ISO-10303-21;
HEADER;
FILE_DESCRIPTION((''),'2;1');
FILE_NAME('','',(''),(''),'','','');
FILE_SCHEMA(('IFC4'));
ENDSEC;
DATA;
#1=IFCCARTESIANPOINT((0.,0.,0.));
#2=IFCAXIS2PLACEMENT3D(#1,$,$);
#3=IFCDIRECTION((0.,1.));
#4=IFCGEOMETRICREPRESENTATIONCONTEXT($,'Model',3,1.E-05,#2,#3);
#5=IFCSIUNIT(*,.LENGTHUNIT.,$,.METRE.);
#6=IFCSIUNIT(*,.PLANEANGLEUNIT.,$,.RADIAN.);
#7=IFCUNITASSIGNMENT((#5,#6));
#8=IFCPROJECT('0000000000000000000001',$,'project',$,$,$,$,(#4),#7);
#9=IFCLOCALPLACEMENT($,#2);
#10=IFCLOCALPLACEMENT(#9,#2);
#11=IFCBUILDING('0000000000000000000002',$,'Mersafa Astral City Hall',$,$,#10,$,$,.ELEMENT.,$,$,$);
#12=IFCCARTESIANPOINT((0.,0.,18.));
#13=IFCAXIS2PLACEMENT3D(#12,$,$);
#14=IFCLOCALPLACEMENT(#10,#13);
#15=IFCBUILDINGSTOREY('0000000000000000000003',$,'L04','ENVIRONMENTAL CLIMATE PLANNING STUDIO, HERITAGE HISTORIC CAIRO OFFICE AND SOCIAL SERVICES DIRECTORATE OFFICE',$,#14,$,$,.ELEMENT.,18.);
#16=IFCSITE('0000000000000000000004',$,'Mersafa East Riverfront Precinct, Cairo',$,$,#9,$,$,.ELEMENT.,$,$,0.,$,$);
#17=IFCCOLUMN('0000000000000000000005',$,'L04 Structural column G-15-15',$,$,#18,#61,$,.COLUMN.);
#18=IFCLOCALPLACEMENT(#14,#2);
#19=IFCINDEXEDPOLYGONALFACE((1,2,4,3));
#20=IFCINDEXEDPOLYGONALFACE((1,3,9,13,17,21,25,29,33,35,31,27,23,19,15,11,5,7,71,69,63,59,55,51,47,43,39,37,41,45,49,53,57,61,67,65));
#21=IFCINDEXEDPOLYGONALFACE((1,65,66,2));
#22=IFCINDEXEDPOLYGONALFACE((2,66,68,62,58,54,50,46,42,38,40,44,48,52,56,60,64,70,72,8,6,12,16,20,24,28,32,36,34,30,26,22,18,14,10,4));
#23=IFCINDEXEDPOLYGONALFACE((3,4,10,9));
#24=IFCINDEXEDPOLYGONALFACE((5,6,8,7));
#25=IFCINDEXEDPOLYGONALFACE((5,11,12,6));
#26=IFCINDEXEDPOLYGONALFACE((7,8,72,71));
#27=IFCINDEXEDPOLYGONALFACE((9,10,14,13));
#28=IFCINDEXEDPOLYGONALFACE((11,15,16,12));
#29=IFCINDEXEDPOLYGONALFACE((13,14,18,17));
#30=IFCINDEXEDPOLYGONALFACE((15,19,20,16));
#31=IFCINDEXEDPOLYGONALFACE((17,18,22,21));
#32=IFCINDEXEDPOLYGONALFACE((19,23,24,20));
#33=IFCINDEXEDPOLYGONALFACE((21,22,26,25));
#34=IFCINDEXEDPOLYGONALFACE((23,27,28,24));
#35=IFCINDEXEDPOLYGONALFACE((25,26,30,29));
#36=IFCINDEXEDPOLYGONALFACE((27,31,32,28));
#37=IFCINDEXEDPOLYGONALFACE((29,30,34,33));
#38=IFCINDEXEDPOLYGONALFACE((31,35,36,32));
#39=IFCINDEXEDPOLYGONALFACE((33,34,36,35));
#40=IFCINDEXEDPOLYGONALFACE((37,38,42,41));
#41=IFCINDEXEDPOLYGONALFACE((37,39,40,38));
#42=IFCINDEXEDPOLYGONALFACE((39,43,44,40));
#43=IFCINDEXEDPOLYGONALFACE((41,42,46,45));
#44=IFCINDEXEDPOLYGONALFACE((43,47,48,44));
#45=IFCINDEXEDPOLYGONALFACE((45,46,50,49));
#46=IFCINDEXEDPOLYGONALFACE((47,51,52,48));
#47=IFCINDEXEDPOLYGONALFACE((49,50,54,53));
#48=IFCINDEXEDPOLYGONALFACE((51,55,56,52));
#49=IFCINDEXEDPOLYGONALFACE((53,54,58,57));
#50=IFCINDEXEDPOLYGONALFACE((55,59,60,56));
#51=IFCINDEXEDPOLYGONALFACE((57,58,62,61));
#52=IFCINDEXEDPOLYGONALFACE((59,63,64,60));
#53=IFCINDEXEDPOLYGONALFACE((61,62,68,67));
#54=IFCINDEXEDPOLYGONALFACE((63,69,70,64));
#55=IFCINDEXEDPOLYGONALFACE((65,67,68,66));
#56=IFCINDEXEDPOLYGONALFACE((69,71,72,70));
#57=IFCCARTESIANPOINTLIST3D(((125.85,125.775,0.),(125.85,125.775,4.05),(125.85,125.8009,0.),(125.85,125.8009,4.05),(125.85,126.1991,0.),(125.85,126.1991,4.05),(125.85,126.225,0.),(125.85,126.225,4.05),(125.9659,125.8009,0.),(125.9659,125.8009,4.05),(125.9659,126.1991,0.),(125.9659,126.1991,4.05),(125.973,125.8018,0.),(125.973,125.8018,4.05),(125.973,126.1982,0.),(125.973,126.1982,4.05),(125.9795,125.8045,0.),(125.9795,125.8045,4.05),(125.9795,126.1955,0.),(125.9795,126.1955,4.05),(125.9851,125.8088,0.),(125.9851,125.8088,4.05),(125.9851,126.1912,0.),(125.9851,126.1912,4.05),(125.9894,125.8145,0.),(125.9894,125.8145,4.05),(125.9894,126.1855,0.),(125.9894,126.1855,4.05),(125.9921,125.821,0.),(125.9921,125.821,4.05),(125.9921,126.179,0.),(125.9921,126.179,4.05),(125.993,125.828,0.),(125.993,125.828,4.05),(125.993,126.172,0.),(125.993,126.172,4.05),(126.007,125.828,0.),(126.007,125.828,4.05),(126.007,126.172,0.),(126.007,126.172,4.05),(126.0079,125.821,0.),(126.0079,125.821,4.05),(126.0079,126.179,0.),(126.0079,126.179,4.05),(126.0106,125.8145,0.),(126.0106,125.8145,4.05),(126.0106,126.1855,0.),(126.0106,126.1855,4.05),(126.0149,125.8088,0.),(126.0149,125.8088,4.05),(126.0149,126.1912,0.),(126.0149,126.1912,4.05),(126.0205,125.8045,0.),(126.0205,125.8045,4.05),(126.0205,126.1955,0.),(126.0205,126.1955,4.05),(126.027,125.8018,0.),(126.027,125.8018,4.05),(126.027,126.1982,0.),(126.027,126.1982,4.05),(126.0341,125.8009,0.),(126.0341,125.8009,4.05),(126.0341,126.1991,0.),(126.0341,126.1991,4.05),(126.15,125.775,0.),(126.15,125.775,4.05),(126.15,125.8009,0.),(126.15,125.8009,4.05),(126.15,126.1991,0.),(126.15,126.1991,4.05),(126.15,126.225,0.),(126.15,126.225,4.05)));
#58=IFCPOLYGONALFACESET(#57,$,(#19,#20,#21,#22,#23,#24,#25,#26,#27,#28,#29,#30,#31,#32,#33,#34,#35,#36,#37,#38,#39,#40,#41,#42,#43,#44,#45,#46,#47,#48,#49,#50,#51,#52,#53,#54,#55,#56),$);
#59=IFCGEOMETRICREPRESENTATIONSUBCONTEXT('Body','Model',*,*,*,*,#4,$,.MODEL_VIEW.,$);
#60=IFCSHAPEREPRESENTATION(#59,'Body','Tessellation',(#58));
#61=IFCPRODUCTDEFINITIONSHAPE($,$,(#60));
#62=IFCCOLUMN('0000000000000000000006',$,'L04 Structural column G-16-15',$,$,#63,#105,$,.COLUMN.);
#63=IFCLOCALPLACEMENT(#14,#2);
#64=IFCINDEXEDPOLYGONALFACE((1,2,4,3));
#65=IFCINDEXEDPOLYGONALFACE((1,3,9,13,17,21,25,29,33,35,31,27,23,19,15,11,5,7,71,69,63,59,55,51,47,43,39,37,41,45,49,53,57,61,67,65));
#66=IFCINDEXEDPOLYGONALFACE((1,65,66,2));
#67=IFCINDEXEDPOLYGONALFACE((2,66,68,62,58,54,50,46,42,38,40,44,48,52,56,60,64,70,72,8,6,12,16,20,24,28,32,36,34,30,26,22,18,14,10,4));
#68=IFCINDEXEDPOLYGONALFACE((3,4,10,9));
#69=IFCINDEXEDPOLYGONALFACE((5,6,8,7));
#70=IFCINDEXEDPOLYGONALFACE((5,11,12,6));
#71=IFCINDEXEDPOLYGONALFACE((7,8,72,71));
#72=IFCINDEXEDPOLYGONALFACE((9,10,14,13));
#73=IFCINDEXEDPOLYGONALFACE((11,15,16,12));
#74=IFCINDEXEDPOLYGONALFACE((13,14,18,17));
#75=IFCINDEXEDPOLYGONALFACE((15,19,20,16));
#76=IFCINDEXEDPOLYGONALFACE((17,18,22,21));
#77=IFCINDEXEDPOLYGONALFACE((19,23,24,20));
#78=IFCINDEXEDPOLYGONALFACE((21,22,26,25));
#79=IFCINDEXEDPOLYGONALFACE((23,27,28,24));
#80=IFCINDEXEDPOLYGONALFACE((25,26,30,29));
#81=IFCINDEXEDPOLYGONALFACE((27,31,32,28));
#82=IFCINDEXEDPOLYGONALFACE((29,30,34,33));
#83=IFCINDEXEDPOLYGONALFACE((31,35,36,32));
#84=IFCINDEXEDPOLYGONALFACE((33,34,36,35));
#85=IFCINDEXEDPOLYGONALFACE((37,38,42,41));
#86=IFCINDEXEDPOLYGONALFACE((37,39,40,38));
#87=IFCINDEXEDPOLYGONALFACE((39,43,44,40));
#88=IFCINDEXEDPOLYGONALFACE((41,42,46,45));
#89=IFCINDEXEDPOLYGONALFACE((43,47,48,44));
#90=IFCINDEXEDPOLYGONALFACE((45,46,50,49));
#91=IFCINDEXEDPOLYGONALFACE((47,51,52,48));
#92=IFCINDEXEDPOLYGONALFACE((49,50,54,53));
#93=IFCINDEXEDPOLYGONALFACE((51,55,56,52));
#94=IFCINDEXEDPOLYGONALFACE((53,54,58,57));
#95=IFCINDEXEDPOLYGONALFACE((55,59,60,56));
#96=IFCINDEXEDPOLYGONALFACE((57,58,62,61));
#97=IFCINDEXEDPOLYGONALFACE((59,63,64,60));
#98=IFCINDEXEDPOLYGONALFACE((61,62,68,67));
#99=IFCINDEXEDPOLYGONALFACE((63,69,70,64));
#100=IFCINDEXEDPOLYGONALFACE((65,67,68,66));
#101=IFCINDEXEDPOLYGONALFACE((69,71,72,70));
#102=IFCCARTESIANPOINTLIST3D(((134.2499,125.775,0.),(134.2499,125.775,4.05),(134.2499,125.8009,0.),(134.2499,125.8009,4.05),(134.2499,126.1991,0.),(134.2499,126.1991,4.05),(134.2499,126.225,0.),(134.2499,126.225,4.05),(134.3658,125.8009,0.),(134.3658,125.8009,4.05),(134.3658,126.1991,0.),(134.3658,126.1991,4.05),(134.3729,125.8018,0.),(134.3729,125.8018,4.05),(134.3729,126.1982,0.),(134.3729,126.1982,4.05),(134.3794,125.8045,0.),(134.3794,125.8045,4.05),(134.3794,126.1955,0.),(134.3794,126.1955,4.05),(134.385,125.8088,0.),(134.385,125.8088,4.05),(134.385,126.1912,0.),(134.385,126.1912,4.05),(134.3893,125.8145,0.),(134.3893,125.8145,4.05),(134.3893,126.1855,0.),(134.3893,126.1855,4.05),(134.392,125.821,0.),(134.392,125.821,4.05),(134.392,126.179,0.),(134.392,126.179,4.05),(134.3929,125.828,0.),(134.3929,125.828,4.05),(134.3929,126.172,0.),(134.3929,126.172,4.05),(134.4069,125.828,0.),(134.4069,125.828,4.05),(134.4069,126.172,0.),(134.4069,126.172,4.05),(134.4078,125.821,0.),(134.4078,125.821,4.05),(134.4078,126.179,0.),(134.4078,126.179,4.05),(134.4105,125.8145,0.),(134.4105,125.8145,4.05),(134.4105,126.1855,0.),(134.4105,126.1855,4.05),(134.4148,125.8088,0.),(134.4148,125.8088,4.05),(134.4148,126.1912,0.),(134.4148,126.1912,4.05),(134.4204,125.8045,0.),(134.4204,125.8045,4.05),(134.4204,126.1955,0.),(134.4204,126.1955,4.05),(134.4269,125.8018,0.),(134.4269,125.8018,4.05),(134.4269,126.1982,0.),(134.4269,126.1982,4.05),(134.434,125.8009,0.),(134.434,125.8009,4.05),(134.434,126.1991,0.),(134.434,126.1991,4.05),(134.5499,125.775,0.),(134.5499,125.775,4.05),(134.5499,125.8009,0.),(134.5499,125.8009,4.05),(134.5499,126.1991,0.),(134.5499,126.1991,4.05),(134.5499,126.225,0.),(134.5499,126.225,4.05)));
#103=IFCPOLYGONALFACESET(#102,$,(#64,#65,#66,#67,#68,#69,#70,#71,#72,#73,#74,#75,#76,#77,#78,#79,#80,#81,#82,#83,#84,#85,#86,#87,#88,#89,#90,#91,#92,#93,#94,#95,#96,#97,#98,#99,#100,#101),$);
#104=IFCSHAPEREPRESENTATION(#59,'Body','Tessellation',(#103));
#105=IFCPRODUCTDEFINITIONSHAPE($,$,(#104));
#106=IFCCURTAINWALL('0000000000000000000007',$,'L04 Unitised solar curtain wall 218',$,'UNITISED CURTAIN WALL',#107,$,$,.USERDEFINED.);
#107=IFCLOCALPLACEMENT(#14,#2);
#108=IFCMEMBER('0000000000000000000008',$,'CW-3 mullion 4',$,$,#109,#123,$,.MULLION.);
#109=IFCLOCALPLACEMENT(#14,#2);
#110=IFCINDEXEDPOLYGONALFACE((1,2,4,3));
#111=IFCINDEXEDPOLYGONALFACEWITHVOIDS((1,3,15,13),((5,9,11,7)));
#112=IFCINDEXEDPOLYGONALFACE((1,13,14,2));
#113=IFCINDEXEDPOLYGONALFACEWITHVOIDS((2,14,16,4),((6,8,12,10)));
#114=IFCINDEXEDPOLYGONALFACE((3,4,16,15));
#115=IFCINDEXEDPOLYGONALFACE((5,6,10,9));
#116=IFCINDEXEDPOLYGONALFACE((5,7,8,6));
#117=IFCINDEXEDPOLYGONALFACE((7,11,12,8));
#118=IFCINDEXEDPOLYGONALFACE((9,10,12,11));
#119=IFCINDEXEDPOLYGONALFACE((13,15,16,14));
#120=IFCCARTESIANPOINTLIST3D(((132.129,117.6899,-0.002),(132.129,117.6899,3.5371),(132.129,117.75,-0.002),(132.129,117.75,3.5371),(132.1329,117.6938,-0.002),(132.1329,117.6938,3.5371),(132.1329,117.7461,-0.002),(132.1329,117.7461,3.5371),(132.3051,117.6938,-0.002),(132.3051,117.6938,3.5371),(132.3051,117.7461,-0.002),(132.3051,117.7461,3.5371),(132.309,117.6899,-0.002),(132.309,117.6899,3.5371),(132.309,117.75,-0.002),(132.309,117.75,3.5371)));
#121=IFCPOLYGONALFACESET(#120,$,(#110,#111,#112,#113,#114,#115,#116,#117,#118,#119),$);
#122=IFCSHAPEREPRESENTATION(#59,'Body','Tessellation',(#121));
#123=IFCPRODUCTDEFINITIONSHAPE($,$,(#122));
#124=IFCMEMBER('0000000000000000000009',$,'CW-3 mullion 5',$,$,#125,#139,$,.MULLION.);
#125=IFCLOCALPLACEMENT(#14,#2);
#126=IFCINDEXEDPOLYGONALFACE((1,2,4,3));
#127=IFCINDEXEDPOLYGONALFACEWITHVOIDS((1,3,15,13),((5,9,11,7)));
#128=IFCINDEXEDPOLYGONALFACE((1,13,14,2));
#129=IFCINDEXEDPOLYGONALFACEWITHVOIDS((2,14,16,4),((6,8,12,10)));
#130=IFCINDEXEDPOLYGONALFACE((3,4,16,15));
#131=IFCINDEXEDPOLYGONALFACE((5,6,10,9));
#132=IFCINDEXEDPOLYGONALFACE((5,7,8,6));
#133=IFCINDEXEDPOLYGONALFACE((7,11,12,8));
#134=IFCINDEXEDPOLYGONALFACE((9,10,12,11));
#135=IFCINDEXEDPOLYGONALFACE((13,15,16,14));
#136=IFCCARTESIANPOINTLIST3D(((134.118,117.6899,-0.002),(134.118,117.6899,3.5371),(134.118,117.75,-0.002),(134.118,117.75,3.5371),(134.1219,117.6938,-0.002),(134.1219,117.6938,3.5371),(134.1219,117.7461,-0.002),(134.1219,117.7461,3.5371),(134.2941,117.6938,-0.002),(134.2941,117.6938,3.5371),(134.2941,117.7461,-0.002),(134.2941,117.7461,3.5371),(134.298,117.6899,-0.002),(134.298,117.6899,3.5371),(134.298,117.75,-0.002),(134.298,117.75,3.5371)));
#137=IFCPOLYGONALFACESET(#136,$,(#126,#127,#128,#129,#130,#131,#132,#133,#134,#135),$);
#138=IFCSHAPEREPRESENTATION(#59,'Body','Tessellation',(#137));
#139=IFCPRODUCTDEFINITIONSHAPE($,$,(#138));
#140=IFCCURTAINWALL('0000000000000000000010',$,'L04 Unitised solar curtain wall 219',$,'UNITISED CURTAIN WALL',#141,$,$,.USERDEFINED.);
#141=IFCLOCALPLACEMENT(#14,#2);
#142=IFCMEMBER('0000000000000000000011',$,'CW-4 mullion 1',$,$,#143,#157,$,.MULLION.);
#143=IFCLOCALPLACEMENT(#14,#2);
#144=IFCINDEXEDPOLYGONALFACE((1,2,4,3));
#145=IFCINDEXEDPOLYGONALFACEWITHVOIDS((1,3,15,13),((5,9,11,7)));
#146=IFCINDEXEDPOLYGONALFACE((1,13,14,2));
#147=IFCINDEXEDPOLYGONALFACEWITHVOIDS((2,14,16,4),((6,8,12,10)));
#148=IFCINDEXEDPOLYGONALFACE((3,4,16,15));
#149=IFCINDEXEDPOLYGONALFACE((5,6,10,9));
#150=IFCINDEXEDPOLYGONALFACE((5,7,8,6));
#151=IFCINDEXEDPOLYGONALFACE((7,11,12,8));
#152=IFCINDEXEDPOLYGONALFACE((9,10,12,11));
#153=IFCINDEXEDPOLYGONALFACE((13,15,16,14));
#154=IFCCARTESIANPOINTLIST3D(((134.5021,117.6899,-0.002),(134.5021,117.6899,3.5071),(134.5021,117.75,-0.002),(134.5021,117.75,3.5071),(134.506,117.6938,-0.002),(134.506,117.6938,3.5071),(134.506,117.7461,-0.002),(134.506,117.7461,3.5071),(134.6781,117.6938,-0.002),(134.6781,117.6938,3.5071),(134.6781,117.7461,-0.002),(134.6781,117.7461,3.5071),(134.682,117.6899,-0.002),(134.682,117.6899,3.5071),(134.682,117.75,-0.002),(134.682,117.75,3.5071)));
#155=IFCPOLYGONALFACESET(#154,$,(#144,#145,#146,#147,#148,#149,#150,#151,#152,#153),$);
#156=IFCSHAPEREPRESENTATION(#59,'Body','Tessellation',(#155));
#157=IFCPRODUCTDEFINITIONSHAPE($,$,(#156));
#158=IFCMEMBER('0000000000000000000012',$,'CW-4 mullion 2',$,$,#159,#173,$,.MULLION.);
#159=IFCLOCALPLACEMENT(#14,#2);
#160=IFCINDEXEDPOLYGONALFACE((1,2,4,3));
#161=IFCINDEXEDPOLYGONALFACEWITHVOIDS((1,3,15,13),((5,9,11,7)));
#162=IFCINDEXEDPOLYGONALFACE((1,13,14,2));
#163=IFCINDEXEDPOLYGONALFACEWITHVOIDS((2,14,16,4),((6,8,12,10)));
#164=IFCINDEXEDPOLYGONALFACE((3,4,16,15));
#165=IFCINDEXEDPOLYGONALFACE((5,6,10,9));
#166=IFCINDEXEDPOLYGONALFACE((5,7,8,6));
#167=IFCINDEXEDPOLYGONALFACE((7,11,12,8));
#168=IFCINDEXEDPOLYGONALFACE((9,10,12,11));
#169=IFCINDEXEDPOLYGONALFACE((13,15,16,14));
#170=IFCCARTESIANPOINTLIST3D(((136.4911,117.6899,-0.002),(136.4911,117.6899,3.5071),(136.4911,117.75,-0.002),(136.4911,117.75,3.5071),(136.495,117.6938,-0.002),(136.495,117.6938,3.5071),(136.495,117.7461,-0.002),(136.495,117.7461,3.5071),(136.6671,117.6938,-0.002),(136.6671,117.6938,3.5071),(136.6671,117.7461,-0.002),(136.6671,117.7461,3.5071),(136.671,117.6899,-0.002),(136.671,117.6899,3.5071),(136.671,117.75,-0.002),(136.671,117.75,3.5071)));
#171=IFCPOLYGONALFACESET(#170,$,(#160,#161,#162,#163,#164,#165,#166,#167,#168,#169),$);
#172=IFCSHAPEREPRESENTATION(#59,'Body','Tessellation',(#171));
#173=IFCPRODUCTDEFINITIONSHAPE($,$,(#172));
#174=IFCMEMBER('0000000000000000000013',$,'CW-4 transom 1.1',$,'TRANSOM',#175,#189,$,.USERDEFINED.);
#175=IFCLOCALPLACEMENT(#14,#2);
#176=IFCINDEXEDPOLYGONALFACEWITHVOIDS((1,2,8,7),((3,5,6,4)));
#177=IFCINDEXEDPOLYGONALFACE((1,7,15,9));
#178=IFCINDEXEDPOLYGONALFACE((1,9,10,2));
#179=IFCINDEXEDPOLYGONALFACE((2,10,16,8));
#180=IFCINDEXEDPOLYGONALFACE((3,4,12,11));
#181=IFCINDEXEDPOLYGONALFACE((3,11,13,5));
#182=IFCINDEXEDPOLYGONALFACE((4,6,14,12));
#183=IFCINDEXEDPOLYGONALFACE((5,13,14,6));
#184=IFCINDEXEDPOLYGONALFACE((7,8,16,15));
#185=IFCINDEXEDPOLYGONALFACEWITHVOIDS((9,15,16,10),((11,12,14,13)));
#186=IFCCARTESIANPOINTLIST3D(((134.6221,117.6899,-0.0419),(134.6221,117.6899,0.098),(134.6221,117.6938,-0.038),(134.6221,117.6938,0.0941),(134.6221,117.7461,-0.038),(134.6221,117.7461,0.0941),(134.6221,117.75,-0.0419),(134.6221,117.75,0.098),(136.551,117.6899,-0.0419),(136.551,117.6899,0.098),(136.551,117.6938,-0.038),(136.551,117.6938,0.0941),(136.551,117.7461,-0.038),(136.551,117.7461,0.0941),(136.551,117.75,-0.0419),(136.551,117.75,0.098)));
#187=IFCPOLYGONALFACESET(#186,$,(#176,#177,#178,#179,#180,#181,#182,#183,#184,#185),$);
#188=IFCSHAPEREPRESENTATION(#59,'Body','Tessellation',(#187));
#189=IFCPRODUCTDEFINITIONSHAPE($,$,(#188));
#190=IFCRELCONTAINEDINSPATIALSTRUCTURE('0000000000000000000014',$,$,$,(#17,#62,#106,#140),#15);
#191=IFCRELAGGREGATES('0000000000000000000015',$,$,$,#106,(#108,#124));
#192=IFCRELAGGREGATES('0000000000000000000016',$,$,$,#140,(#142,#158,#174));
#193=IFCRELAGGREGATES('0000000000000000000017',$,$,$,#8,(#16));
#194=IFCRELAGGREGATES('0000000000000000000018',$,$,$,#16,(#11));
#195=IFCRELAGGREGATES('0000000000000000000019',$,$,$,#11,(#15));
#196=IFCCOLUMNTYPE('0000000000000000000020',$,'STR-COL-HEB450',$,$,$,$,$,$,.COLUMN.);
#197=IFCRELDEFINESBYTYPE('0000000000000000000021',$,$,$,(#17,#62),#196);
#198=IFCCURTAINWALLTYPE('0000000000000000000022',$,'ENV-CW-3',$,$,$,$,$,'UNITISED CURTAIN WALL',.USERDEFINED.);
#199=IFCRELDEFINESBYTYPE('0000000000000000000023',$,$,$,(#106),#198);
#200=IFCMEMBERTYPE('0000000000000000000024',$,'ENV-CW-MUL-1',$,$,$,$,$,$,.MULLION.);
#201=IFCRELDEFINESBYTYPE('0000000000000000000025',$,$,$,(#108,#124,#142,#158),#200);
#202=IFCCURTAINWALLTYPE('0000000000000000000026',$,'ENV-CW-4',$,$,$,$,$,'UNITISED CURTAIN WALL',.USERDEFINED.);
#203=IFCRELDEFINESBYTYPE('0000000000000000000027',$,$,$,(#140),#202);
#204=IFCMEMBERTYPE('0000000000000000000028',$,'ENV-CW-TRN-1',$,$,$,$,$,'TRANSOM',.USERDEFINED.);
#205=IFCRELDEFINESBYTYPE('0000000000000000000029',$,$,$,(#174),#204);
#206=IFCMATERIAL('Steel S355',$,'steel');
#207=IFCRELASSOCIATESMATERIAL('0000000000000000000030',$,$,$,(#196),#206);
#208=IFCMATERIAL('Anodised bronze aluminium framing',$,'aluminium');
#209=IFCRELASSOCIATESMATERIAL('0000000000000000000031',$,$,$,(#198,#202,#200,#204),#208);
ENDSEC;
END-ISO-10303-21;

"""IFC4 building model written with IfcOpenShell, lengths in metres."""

from ifc_helpers import new_model, si_unit, direction, frame, origin, origin_2d, place, context, subcontext, project, spatial, hollow_rectangle, i_section, extrude, material, material_profile, profile_set, type_object, element, aggregate, save


model = new_model("IFC4")

# Units and contexts
model_context = context("Model", 3, precision=1e-05, world=origin(), true_north=direction((0.0, 1.0)))
body_context = subcontext(model_context, "Body", "Model", "MODEL_VIEW")
ifc_project = project(units=[si_unit("LENGTHUNIT", "METRE"), si_unit("PLANEANGLEUNIT", "RADIAN")], contexts=[model_context])

# Site, building, storey
site_placement = place(None, origin())
site = spatial("IfcSite", under=ifc_project, at=site_placement, Name="Mersafa East Riverfront Precinct, Cairo", CompositionType="ELEMENT", RefElevation=0.0)
building_placement = place(site_placement, origin())
building = spatial("IfcBuilding", under=site, at=building_placement, Name="Mersafa Astral City Hall", CompositionType="ELEMENT")
storey_placement = place(building_placement, frame((0.0, 0.0, 18.0)))
storey = spatial("IfcBuildingStorey", under=building, at=storey_placement, Name="L04", Description="ENVIRONMENTAL CLIMATE PLANNING STUDIO, HERITAGE HISTORIC CAIRO OFFICE AND SOCIAL SERVICES DIRECTORATE OFFICE", CompositionType="ELEMENT", Elevation=18.0)

# Columns
ifc_material_1 = material(Name="Steel S355", Category="steel")
ifc_material_profile_1 = material_profile(ifc_material_1, i_section(OverallWidth=0.3, OverallDepth=0.45, WebThickness=0.0139, FlangeThickness=0.0259, FilletRadius=0.0271, at=origin_2d()), Name="HEB 450")
ifc_profile_set_1 = profile_set([ifc_material_profile_1], Name="Steel S355")
column_type = type_object("IfcColumnType", Name="STR-COL-HEB450", PredefinedType="COLUMN", material=ifc_profile_set_1)
for number, where, z_axis, x_axis, name in (
    (1, (126.0, 126.0, 0.0), (0.0, 0.0, 1.0), (1.0, 0.0, 0.0), "L04 Structural column G-15-15"),
    (2, (134.3999, 126.0, 0.0), (0.0, 0.0, 1.0), (1.0, 0.0, 0.0), "L04 Structural column G-16-15"),
):
    element("IfcColumn", number, at=place(storey_placement, frame(where, z_axis=z_axis, x_axis=x_axis)), inside=storey, type_object=column_type, Name=name, PredefinedType="COLUMN", context=body_context, shape_type="SweptSolid", body=[
        extrude(i_section(OverallWidth=0.3, OverallDepth=0.45, WebThickness=0.0139, FlangeThickness=0.0259, FilletRadius=0.0271, at=origin_2d()), origin(), (0.0, 0.0, 1.0), 4.05),
    ])

# Curtain walls, members
ifc_material_2 = material(Name="Anodised bronze aluminium framing", Category="aluminium")
curtain_wall_type_1 = type_object("IfcCurtainWallType", Name="ENV-CW-3", ElementType="UNITISED CURTAIN WALL", PredefinedType="USERDEFINED", material=ifc_material_2)
curtain_wall_1_placement = place(storey_placement, origin())
curtain_wall_1 = element("IfcCurtainWall", 3, at=curtain_wall_1_placement, inside=storey, type_object=curtain_wall_type_1, Name="L04 Unitised solar curtain wall 218", ObjectType="UNITISED CURTAIN WALL", PredefinedType="USERDEFINED")
ifc_material_profile_2 = material_profile(ifc_material_2, hollow_rectangle(XDim=0.0601, YDim=0.1799, WallThickness=0.0039, at=origin_2d()), Name="RHS 60x180x4")
ifc_profile_set_2 = profile_set([ifc_material_profile_2], Name="Anodised bronze aluminium framing")
member_type_1 = type_object("IfcMemberType", Name="ENV-CW-MUL-1", PredefinedType="MULLION", material=ifc_profile_set_2)
member_1_placement = place(storey_placement, frame((132.219, 117.72, -0.002), z_axis=(0.0, 0.0, 1.0), x_axis=(0.0, 1.0, 0.0)))
member_1 = element("IfcMember", 4, at=member_1_placement, type_object=member_type_1, Name="CW-3 mullion 4", PredefinedType="MULLION", context=body_context, shape_type="SweptSolid", body=[
    extrude(hollow_rectangle(XDim=0.0601, YDim=0.1799, WallThickness=0.0039, at=origin_2d()), origin(), (0.0, 0.0, 1.0), 3.5391),
])
member_2_placement = place(storey_placement, frame((134.208, 117.72, -0.002), z_axis=(0.0, 0.0, 1.0), x_axis=(0.0, 1.0, 0.0)))
member_2 = element("IfcMember", 5, at=member_2_placement, type_object=member_type_1, Name="CW-3 mullion 5", PredefinedType="MULLION", context=body_context, shape_type="SweptSolid", body=[
    extrude(hollow_rectangle(XDim=0.0601, YDim=0.1799, WallThickness=0.0039, at=origin_2d()), origin(), (0.0, 0.0, 1.0), 3.5391),
])
curtain_wall_type_2 = type_object("IfcCurtainWallType", Name="ENV-CW-4", ElementType="UNITISED CURTAIN WALL", PredefinedType="USERDEFINED", material=ifc_material_2)
curtain_wall_2_placement = place(storey_placement, origin())
curtain_wall_2 = element("IfcCurtainWall", 6, at=curtain_wall_2_placement, inside=storey, type_object=curtain_wall_type_2, Name="L04 Unitised solar curtain wall 219", ObjectType="UNITISED CURTAIN WALL", PredefinedType="USERDEFINED")
member_3_placement = place(storey_placement, frame((134.592, 117.72, -0.002), z_axis=(0.0, 0.0, 1.0), x_axis=(0.0, 1.0, 0.0)))
member_3 = element("IfcMember", 7, at=member_3_placement, type_object=member_type_1, Name="CW-4 mullion 1", PredefinedType="MULLION", context=body_context, shape_type="SweptSolid", body=[
    extrude(hollow_rectangle(XDim=0.0601, YDim=0.1799, WallThickness=0.0039, at=origin_2d()), origin(), (0.0, 0.0, 1.0), 3.509),
])
member_4_placement = place(storey_placement, frame((136.5811, 117.72, -0.002), z_axis=(0.0, 0.0, 1.0), x_axis=(0.0, 1.0, 0.0)))
member_4 = element("IfcMember", 8, at=member_4_placement, type_object=member_type_1, Name="CW-4 mullion 2", PredefinedType="MULLION", context=body_context, shape_type="SweptSolid", body=[
    extrude(hollow_rectangle(XDim=0.0601, YDim=0.1799, WallThickness=0.0039, at=origin_2d()), origin(), (0.0, 0.0, 1.0), 3.509),
])
ifc_material_profile_3 = material_profile(ifc_material_2, hollow_rectangle(XDim=0.0601, YDim=0.1399, WallThickness=0.0039, at=origin_2d()), Name="RHS 60x140x4")
ifc_profile_set_3 = profile_set([ifc_material_profile_3], Name="Anodised bronze aluminium framing")
member_type_2 = type_object("IfcMemberType", Name="ENV-CW-TRN-1", ElementType="TRANSOM", PredefinedType="USERDEFINED", material=ifc_profile_set_3)
member_5_placement = place(storey_placement, frame((134.6221, 117.72, 0.0281), z_axis=(1.0, 0.0, 0.0), x_axis=(0.0, 1.0, 0.0)))
member_5 = element("IfcMember", 9, at=member_5_placement, type_object=member_type_2, Name="CW-4 transom 1.1", ObjectType="TRANSOM", PredefinedType="USERDEFINED", context=body_context, shape_type="SweptSolid", body=[
    extrude(hollow_rectangle(XDim=0.0601, YDim=0.1399, WallThickness=0.0039, at=origin_2d()), origin(), (0.0, 0.0, 1.0), 1.929),
])

aggregate(curtain_wall_1, [member_1, member_2])
aggregate(curtain_wall_2, [member_3, member_4, member_5])

save(model, "model.ifc")
